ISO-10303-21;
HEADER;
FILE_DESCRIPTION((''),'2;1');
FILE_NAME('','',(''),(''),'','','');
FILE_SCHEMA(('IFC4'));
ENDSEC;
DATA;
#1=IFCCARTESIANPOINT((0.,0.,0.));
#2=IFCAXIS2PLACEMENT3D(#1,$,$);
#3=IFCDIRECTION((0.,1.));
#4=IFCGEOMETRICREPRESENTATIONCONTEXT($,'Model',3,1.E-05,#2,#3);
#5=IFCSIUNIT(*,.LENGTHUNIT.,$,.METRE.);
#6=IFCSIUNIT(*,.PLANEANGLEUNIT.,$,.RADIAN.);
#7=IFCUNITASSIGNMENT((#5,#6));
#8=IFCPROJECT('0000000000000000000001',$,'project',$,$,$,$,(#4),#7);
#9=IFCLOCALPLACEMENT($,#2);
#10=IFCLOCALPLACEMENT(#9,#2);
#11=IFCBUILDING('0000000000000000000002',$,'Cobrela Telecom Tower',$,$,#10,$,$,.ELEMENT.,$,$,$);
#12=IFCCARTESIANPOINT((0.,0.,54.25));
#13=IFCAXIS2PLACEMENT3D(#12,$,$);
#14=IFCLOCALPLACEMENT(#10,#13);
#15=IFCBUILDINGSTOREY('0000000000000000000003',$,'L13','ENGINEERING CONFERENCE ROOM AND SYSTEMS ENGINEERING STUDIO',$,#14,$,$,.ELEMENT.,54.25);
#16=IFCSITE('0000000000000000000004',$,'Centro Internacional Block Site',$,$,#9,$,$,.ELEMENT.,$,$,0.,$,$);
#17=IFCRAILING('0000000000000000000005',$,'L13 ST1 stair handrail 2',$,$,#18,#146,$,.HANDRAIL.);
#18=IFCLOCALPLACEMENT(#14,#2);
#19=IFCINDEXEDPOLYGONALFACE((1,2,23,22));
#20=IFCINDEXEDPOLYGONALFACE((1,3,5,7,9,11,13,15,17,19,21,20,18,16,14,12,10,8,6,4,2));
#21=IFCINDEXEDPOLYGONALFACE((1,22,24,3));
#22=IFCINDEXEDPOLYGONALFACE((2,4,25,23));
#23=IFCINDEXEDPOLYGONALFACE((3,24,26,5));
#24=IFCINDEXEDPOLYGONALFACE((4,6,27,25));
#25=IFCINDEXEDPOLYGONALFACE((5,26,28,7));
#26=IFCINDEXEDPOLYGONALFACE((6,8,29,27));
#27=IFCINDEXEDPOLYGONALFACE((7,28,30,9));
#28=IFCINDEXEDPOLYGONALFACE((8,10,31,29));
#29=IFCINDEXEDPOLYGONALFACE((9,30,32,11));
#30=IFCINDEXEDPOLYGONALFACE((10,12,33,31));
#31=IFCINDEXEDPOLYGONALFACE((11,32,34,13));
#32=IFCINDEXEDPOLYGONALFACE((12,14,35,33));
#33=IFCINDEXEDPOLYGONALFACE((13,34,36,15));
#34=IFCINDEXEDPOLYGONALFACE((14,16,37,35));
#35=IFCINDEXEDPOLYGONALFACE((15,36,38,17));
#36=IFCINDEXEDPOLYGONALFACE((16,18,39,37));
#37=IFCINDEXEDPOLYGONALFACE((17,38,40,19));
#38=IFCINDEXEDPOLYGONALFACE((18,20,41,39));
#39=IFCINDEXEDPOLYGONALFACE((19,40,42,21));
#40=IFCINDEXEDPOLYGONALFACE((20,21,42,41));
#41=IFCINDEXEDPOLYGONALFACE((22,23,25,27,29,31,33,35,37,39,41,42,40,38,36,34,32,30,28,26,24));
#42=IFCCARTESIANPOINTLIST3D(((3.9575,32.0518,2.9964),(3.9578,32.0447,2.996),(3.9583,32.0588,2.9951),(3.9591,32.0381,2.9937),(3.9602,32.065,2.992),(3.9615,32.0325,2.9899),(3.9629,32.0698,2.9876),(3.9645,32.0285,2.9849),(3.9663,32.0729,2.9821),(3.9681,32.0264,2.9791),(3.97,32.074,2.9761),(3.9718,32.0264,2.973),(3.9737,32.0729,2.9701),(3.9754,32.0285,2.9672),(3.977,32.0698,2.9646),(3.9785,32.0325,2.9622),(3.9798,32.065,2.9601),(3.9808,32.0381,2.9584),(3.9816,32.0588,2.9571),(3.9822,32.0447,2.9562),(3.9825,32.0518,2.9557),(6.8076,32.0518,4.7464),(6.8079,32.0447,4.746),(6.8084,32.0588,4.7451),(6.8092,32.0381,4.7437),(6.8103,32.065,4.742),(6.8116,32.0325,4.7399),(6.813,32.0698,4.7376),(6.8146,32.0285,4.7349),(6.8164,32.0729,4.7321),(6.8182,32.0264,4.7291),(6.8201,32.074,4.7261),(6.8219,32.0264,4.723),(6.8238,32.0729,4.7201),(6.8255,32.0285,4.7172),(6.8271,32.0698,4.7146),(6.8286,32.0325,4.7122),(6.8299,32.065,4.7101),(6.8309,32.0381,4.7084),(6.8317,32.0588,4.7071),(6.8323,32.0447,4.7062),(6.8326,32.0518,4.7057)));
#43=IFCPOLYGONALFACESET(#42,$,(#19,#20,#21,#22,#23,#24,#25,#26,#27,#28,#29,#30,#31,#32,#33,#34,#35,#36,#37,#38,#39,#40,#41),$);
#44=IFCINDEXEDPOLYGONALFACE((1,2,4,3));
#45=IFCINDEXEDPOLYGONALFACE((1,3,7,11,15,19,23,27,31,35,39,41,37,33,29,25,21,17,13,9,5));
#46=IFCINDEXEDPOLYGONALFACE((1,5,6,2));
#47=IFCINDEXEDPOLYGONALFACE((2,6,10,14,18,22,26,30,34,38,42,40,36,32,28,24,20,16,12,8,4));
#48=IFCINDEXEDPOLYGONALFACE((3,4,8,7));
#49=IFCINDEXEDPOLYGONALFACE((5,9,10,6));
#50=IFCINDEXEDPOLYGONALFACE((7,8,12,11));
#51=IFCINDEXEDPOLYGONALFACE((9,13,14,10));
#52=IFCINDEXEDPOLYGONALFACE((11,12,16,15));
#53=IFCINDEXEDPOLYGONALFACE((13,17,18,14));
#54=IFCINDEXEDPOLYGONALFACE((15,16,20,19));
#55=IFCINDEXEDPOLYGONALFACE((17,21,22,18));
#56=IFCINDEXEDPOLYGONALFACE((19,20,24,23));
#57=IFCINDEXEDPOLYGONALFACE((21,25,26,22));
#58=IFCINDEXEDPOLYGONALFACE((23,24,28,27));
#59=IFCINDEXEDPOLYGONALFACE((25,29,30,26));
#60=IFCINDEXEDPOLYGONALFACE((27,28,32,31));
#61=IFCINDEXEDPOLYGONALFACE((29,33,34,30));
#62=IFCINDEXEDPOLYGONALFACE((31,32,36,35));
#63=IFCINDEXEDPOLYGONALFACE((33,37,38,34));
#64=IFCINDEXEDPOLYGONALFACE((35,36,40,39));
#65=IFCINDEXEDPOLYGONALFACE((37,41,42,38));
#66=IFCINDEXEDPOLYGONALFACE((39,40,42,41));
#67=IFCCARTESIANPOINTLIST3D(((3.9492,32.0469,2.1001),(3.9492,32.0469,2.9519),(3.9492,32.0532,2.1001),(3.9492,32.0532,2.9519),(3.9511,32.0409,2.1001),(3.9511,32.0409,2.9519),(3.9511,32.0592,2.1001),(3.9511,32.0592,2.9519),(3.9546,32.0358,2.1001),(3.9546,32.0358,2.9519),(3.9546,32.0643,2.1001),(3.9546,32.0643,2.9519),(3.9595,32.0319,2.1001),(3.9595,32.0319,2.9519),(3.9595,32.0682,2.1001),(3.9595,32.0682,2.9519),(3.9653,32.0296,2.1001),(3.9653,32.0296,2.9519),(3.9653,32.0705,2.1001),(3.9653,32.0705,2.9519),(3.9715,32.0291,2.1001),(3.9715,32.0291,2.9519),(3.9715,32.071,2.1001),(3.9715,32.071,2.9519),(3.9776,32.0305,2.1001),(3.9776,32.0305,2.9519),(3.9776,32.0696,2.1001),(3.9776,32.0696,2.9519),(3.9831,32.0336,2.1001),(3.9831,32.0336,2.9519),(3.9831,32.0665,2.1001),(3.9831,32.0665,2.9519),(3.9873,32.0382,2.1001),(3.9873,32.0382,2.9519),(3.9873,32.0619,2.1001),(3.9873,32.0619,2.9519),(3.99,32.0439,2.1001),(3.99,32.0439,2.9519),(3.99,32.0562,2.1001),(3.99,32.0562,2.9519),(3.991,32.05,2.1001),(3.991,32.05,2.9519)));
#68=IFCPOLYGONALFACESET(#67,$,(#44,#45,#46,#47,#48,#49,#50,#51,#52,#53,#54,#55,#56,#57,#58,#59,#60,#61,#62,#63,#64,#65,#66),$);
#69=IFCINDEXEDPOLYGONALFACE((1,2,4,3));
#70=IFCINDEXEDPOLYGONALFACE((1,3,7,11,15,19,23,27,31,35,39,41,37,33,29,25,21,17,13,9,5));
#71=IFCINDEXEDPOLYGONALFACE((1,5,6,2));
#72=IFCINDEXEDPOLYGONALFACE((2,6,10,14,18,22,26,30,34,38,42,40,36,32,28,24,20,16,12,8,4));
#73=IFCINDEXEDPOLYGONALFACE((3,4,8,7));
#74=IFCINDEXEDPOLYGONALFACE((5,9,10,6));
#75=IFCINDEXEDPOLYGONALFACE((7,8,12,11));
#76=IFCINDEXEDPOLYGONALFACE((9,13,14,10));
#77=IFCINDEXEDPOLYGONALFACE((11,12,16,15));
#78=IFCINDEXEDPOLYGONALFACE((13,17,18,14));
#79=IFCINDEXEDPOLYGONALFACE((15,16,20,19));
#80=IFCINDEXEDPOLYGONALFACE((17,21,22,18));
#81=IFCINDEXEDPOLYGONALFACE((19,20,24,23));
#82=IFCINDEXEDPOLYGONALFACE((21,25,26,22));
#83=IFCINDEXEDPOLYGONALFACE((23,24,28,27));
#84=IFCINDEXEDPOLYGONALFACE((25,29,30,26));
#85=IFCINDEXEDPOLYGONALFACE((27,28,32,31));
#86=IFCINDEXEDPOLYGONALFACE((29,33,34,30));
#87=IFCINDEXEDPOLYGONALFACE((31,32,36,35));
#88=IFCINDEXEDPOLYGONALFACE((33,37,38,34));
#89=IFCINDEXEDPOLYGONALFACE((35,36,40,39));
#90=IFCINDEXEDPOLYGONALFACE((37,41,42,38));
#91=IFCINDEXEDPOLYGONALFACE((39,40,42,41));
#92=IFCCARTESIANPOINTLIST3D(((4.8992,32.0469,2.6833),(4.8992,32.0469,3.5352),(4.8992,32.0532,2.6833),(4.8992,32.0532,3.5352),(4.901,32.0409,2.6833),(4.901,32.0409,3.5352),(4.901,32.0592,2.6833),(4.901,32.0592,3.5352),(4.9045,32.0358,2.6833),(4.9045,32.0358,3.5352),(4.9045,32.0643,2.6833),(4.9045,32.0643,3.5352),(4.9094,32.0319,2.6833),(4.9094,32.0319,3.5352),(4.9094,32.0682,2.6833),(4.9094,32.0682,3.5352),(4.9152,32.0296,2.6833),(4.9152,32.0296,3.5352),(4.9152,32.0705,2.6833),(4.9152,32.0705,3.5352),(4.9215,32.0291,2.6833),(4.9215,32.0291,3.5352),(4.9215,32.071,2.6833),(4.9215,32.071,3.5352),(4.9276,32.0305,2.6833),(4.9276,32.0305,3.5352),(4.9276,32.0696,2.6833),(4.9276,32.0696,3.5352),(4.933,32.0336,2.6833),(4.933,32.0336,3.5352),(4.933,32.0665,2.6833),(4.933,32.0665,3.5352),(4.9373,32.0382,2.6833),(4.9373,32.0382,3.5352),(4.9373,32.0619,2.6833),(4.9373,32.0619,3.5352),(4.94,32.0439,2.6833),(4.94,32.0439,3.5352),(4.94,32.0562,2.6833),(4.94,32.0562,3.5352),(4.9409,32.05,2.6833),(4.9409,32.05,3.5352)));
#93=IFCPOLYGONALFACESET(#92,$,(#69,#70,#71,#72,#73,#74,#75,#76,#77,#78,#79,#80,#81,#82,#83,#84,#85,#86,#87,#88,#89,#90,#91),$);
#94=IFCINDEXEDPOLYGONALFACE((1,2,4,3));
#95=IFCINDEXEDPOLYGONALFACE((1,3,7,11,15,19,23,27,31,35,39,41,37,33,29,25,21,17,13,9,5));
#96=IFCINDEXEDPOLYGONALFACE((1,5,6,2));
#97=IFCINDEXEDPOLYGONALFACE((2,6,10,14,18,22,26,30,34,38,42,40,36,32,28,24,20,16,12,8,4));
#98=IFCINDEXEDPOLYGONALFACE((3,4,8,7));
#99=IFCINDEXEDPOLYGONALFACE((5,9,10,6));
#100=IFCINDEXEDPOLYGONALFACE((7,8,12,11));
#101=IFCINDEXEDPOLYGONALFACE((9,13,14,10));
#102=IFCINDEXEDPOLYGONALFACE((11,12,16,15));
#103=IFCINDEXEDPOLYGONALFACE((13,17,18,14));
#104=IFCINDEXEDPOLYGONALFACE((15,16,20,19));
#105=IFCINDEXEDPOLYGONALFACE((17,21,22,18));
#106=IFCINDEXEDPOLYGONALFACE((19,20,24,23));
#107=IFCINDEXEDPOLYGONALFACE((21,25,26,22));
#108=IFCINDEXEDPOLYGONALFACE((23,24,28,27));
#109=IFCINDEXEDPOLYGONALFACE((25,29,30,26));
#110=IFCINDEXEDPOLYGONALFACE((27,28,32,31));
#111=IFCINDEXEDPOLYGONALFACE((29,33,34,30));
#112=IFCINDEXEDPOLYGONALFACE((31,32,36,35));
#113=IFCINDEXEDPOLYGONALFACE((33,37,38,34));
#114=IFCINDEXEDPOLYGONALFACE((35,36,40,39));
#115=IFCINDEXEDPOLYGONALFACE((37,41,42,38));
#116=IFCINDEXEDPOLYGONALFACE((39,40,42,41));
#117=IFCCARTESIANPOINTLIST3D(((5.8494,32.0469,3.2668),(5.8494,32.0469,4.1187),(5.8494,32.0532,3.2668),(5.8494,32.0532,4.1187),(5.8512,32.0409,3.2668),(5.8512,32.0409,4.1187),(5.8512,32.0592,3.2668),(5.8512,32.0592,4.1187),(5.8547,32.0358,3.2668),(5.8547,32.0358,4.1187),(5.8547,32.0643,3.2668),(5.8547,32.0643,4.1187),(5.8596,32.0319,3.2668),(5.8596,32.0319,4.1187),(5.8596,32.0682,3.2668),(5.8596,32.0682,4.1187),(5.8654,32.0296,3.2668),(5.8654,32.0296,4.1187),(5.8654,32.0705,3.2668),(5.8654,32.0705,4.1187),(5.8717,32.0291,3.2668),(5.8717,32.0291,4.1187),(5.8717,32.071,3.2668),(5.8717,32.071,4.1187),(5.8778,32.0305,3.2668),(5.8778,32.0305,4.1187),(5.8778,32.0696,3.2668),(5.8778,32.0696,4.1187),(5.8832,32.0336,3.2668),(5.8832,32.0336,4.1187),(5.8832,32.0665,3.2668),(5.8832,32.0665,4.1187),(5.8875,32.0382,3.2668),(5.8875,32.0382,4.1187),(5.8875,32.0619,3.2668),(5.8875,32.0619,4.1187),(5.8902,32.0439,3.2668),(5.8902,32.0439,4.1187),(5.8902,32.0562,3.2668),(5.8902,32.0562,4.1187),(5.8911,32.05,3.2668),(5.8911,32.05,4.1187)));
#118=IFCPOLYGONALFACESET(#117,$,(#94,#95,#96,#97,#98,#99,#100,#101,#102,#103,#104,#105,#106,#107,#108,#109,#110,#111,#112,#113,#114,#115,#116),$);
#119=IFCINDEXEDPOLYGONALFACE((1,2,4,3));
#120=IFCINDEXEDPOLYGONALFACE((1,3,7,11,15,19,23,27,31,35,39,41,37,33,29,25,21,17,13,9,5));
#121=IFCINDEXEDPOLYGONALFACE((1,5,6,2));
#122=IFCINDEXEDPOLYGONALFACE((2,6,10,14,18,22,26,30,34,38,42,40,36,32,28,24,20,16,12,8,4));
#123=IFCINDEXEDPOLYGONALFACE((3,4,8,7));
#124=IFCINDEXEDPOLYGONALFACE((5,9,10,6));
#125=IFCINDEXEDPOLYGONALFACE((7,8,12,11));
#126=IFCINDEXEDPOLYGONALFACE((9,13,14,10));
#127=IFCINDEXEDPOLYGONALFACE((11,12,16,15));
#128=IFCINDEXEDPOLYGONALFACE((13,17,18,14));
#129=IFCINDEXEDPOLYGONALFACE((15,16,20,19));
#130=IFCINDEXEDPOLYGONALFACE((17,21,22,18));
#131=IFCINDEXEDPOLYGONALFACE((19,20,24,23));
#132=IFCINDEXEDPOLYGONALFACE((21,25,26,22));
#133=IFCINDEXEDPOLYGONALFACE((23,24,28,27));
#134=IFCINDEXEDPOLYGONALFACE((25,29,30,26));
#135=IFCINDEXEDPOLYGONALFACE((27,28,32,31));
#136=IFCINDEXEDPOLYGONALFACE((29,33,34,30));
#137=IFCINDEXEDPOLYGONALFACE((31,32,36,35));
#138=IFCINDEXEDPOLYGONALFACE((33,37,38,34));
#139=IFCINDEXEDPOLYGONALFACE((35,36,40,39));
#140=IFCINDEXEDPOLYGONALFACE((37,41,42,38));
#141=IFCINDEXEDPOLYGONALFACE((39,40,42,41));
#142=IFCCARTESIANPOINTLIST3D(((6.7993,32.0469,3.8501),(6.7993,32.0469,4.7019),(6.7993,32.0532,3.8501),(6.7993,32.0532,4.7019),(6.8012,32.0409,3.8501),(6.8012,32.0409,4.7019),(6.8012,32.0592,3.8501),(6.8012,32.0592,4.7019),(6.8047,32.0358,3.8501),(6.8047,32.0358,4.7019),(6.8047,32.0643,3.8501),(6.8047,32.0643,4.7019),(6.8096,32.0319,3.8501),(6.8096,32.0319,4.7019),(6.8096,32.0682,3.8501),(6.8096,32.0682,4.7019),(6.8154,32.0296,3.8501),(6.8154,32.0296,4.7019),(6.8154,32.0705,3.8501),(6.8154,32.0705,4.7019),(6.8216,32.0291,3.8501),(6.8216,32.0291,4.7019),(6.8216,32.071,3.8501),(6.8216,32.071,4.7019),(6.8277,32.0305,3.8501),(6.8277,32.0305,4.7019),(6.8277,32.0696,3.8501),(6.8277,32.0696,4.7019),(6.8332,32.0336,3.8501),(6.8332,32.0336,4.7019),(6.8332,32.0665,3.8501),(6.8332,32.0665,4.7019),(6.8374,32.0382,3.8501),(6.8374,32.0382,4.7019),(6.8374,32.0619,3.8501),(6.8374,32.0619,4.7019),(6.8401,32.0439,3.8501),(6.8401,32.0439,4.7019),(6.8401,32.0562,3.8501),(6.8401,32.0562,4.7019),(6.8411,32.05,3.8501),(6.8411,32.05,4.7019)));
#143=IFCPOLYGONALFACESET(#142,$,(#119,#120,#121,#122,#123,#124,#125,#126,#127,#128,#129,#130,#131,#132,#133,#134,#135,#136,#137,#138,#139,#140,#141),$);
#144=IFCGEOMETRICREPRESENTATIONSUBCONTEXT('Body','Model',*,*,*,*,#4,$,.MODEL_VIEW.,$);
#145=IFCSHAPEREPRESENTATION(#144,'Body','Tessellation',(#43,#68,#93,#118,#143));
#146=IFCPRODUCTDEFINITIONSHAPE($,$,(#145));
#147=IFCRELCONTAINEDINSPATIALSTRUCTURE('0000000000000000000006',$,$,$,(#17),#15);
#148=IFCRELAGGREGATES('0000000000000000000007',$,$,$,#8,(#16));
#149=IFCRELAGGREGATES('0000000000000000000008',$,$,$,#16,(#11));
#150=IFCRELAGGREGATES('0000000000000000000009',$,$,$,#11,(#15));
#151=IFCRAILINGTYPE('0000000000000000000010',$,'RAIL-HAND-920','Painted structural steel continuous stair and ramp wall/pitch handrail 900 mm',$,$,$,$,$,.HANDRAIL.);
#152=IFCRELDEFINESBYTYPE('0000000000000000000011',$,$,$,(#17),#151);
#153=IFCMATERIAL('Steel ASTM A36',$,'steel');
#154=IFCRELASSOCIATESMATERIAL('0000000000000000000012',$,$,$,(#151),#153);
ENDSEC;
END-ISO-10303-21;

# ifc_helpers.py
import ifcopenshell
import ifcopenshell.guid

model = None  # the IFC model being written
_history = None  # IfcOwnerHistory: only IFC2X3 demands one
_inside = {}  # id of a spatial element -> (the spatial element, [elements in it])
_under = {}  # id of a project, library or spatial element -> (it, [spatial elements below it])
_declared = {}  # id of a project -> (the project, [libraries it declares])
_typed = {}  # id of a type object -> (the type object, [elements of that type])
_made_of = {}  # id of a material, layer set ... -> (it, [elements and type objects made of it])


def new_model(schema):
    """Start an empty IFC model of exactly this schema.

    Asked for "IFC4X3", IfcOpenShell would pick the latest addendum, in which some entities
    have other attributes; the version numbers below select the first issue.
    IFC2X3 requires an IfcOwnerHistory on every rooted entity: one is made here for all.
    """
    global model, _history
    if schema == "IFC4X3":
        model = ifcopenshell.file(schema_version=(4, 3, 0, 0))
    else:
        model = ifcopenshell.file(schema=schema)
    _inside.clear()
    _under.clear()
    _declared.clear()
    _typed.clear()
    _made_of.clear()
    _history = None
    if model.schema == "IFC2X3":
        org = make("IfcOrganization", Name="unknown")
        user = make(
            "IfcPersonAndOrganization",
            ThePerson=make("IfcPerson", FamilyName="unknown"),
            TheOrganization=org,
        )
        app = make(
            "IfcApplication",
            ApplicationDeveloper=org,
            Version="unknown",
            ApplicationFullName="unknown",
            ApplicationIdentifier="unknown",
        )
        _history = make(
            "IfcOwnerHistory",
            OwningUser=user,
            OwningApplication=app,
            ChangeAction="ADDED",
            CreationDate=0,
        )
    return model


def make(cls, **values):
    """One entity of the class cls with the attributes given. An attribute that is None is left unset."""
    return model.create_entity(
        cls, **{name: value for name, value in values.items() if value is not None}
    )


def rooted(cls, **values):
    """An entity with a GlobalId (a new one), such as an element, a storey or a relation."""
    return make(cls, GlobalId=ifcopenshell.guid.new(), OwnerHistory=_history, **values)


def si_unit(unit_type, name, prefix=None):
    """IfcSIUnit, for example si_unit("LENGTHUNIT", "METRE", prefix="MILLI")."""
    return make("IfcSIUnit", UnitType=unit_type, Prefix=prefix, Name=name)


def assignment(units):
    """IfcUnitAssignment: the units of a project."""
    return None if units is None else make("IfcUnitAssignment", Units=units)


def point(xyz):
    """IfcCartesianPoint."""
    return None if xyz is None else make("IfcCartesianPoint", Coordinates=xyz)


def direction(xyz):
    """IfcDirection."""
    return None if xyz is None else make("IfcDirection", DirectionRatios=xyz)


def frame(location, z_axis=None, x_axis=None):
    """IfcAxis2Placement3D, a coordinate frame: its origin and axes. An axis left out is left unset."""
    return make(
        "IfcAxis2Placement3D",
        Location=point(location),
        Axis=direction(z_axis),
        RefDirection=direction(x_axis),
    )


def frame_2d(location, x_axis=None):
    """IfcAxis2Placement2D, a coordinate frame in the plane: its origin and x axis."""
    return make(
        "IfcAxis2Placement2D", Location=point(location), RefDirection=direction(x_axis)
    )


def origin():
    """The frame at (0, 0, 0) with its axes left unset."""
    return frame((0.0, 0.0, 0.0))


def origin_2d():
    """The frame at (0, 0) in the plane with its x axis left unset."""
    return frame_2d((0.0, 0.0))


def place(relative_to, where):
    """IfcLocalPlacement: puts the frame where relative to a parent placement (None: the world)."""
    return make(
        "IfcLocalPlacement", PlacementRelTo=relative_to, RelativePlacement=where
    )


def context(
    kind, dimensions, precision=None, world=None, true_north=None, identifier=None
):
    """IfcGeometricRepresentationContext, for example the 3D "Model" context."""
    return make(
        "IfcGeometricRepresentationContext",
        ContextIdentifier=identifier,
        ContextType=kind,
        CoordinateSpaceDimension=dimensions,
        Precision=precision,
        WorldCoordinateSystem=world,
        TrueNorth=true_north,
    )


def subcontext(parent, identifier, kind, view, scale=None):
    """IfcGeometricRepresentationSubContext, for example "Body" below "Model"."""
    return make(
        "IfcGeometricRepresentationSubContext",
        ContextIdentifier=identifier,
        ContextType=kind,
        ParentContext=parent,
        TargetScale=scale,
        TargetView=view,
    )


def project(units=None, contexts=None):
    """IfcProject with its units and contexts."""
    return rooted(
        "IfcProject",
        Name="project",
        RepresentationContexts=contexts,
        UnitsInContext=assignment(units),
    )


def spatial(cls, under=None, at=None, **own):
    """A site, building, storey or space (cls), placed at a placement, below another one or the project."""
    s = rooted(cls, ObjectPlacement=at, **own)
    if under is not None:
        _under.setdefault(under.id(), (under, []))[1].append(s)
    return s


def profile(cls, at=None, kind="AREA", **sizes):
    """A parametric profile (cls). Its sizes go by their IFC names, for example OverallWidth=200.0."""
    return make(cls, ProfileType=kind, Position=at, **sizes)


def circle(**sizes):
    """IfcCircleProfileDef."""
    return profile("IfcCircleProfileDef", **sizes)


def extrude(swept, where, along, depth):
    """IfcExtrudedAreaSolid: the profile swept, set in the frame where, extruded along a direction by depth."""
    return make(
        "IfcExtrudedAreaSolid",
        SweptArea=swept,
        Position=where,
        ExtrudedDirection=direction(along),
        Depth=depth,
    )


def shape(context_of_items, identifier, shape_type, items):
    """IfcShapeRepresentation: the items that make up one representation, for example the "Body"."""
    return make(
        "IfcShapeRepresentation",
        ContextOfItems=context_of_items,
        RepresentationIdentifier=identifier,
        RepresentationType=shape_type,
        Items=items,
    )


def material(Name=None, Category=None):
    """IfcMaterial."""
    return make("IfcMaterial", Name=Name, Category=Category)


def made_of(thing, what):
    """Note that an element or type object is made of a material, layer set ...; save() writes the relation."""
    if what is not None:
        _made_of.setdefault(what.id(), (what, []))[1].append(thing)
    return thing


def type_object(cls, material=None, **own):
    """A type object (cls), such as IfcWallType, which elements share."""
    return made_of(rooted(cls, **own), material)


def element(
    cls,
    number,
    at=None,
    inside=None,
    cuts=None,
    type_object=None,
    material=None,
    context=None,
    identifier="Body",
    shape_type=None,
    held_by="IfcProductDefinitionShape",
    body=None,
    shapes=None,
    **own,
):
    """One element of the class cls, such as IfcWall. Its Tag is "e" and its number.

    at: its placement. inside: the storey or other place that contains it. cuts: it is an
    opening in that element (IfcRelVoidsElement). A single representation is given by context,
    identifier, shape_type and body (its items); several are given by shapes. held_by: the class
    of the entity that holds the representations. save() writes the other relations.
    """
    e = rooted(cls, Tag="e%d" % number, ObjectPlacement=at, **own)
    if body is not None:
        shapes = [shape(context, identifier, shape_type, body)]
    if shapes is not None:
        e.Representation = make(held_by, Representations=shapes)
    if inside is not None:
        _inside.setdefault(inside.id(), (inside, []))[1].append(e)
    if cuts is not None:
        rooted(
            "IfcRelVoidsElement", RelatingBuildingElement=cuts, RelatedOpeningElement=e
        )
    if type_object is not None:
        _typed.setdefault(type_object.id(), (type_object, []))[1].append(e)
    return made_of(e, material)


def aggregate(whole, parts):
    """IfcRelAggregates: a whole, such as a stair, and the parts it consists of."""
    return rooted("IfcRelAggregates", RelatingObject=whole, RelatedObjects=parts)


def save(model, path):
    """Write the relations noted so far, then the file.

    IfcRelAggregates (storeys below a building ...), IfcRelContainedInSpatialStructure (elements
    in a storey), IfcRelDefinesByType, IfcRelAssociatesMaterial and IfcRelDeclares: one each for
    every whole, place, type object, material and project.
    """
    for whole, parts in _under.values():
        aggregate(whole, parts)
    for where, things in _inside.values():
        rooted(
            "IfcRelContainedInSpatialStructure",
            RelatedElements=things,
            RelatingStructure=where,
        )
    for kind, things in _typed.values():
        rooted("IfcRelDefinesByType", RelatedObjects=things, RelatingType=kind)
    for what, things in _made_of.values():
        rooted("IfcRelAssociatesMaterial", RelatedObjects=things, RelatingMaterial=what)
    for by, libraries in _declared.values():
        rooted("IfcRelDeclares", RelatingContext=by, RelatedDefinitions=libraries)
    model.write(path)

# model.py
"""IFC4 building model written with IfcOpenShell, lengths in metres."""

from ifc_helpers import new_model, si_unit, direction, frame, origin, origin_2d, place, context, subcontext, project, spatial, circle, extrude, material, type_object, element, save


model = new_model("IFC4")

# Units and contexts
model_context = context("Model", 3, precision=1e-05, world=origin(), true_north=direction((0.0, 1.0)))
body_context = subcontext(model_context, "Body", "Model", "MODEL_VIEW")
ifc_project = project(units=[si_unit("LENGTHUNIT", "METRE"), si_unit("PLANEANGLEUNIT", "RADIAN")], contexts=[model_context])

# Site, building, storey
site_placement = place(None, origin())
site = spatial("IfcSite", under=ifc_project, at=site_placement, Name="Centro Internacional Block Site", CompositionType="ELEMENT", RefElevation=0.0)
building_placement = place(site_placement, origin())
building = spatial("IfcBuilding", under=site, at=building_placement, Name="Cobrela Telecom Tower", CompositionType="ELEMENT")
storey_placement = place(building_placement, frame((0.0, 0.0, 54.25)))
storey = spatial("IfcBuildingStorey", under=building, at=storey_placement, Name="L13", Description="ENGINEERING CONFERENCE ROOM AND SYSTEMS ENGINEERING STUDIO", CompositionType="ELEMENT", Elevation=54.25)

# Shared definitions
ifc_material_1 = material(Name="Steel ASTM A36", Category="steel")

# Railing
railing_type_1 = type_object("IfcRailingType", Name="RAIL-HAND-920", Description="Painted structural steel continuous stair and ramp wall/pitch handrail 900 mm", PredefinedType="HANDRAIL", material=ifc_material_1)
railing_1_placement = place(storey_placement, frame((3.97, 32.05, 2.1001)))
element("IfcRailing", 1, at=railing_1_placement, inside=storey, type_object=railing_type_1, Name="L13 ST1 stair handrail 2", PredefinedType="HANDRAIL", context=body_context, shape_type="SweptSolid", body=[
    extrude(circle(Radius=0.0239, at=origin_2d()), frame((0.0, 0.0, 0.876), z_axis=(0.852179, 0.0, 0.52325), x_axis=(0.0, 1.0, 0.0)), (0.0, 0.0, 1.0), 3.3445),
    extrude(circle(Radius=0.021, at=origin_2d()), origin(), (0.0, 0.0, 1.0), 0.8518),
    extrude(circle(Radius=0.021, at=origin_2d()), frame((0.95, 0.0, 0.5833)), (0.0, 0.0, 1.0), 0.8518),
    extrude(circle(Radius=0.021, at=origin_2d()), frame((1.9001, 0.0, 1.1667)), (0.0, 0.0, 1.0), 0.8518),
    extrude(circle(Radius=0.021, at=origin_2d()), frame((2.8501, 0.0, 1.75)), (0.0, 0.0, 1.0), 0.8518),
])

save(model, "model.ifc")
